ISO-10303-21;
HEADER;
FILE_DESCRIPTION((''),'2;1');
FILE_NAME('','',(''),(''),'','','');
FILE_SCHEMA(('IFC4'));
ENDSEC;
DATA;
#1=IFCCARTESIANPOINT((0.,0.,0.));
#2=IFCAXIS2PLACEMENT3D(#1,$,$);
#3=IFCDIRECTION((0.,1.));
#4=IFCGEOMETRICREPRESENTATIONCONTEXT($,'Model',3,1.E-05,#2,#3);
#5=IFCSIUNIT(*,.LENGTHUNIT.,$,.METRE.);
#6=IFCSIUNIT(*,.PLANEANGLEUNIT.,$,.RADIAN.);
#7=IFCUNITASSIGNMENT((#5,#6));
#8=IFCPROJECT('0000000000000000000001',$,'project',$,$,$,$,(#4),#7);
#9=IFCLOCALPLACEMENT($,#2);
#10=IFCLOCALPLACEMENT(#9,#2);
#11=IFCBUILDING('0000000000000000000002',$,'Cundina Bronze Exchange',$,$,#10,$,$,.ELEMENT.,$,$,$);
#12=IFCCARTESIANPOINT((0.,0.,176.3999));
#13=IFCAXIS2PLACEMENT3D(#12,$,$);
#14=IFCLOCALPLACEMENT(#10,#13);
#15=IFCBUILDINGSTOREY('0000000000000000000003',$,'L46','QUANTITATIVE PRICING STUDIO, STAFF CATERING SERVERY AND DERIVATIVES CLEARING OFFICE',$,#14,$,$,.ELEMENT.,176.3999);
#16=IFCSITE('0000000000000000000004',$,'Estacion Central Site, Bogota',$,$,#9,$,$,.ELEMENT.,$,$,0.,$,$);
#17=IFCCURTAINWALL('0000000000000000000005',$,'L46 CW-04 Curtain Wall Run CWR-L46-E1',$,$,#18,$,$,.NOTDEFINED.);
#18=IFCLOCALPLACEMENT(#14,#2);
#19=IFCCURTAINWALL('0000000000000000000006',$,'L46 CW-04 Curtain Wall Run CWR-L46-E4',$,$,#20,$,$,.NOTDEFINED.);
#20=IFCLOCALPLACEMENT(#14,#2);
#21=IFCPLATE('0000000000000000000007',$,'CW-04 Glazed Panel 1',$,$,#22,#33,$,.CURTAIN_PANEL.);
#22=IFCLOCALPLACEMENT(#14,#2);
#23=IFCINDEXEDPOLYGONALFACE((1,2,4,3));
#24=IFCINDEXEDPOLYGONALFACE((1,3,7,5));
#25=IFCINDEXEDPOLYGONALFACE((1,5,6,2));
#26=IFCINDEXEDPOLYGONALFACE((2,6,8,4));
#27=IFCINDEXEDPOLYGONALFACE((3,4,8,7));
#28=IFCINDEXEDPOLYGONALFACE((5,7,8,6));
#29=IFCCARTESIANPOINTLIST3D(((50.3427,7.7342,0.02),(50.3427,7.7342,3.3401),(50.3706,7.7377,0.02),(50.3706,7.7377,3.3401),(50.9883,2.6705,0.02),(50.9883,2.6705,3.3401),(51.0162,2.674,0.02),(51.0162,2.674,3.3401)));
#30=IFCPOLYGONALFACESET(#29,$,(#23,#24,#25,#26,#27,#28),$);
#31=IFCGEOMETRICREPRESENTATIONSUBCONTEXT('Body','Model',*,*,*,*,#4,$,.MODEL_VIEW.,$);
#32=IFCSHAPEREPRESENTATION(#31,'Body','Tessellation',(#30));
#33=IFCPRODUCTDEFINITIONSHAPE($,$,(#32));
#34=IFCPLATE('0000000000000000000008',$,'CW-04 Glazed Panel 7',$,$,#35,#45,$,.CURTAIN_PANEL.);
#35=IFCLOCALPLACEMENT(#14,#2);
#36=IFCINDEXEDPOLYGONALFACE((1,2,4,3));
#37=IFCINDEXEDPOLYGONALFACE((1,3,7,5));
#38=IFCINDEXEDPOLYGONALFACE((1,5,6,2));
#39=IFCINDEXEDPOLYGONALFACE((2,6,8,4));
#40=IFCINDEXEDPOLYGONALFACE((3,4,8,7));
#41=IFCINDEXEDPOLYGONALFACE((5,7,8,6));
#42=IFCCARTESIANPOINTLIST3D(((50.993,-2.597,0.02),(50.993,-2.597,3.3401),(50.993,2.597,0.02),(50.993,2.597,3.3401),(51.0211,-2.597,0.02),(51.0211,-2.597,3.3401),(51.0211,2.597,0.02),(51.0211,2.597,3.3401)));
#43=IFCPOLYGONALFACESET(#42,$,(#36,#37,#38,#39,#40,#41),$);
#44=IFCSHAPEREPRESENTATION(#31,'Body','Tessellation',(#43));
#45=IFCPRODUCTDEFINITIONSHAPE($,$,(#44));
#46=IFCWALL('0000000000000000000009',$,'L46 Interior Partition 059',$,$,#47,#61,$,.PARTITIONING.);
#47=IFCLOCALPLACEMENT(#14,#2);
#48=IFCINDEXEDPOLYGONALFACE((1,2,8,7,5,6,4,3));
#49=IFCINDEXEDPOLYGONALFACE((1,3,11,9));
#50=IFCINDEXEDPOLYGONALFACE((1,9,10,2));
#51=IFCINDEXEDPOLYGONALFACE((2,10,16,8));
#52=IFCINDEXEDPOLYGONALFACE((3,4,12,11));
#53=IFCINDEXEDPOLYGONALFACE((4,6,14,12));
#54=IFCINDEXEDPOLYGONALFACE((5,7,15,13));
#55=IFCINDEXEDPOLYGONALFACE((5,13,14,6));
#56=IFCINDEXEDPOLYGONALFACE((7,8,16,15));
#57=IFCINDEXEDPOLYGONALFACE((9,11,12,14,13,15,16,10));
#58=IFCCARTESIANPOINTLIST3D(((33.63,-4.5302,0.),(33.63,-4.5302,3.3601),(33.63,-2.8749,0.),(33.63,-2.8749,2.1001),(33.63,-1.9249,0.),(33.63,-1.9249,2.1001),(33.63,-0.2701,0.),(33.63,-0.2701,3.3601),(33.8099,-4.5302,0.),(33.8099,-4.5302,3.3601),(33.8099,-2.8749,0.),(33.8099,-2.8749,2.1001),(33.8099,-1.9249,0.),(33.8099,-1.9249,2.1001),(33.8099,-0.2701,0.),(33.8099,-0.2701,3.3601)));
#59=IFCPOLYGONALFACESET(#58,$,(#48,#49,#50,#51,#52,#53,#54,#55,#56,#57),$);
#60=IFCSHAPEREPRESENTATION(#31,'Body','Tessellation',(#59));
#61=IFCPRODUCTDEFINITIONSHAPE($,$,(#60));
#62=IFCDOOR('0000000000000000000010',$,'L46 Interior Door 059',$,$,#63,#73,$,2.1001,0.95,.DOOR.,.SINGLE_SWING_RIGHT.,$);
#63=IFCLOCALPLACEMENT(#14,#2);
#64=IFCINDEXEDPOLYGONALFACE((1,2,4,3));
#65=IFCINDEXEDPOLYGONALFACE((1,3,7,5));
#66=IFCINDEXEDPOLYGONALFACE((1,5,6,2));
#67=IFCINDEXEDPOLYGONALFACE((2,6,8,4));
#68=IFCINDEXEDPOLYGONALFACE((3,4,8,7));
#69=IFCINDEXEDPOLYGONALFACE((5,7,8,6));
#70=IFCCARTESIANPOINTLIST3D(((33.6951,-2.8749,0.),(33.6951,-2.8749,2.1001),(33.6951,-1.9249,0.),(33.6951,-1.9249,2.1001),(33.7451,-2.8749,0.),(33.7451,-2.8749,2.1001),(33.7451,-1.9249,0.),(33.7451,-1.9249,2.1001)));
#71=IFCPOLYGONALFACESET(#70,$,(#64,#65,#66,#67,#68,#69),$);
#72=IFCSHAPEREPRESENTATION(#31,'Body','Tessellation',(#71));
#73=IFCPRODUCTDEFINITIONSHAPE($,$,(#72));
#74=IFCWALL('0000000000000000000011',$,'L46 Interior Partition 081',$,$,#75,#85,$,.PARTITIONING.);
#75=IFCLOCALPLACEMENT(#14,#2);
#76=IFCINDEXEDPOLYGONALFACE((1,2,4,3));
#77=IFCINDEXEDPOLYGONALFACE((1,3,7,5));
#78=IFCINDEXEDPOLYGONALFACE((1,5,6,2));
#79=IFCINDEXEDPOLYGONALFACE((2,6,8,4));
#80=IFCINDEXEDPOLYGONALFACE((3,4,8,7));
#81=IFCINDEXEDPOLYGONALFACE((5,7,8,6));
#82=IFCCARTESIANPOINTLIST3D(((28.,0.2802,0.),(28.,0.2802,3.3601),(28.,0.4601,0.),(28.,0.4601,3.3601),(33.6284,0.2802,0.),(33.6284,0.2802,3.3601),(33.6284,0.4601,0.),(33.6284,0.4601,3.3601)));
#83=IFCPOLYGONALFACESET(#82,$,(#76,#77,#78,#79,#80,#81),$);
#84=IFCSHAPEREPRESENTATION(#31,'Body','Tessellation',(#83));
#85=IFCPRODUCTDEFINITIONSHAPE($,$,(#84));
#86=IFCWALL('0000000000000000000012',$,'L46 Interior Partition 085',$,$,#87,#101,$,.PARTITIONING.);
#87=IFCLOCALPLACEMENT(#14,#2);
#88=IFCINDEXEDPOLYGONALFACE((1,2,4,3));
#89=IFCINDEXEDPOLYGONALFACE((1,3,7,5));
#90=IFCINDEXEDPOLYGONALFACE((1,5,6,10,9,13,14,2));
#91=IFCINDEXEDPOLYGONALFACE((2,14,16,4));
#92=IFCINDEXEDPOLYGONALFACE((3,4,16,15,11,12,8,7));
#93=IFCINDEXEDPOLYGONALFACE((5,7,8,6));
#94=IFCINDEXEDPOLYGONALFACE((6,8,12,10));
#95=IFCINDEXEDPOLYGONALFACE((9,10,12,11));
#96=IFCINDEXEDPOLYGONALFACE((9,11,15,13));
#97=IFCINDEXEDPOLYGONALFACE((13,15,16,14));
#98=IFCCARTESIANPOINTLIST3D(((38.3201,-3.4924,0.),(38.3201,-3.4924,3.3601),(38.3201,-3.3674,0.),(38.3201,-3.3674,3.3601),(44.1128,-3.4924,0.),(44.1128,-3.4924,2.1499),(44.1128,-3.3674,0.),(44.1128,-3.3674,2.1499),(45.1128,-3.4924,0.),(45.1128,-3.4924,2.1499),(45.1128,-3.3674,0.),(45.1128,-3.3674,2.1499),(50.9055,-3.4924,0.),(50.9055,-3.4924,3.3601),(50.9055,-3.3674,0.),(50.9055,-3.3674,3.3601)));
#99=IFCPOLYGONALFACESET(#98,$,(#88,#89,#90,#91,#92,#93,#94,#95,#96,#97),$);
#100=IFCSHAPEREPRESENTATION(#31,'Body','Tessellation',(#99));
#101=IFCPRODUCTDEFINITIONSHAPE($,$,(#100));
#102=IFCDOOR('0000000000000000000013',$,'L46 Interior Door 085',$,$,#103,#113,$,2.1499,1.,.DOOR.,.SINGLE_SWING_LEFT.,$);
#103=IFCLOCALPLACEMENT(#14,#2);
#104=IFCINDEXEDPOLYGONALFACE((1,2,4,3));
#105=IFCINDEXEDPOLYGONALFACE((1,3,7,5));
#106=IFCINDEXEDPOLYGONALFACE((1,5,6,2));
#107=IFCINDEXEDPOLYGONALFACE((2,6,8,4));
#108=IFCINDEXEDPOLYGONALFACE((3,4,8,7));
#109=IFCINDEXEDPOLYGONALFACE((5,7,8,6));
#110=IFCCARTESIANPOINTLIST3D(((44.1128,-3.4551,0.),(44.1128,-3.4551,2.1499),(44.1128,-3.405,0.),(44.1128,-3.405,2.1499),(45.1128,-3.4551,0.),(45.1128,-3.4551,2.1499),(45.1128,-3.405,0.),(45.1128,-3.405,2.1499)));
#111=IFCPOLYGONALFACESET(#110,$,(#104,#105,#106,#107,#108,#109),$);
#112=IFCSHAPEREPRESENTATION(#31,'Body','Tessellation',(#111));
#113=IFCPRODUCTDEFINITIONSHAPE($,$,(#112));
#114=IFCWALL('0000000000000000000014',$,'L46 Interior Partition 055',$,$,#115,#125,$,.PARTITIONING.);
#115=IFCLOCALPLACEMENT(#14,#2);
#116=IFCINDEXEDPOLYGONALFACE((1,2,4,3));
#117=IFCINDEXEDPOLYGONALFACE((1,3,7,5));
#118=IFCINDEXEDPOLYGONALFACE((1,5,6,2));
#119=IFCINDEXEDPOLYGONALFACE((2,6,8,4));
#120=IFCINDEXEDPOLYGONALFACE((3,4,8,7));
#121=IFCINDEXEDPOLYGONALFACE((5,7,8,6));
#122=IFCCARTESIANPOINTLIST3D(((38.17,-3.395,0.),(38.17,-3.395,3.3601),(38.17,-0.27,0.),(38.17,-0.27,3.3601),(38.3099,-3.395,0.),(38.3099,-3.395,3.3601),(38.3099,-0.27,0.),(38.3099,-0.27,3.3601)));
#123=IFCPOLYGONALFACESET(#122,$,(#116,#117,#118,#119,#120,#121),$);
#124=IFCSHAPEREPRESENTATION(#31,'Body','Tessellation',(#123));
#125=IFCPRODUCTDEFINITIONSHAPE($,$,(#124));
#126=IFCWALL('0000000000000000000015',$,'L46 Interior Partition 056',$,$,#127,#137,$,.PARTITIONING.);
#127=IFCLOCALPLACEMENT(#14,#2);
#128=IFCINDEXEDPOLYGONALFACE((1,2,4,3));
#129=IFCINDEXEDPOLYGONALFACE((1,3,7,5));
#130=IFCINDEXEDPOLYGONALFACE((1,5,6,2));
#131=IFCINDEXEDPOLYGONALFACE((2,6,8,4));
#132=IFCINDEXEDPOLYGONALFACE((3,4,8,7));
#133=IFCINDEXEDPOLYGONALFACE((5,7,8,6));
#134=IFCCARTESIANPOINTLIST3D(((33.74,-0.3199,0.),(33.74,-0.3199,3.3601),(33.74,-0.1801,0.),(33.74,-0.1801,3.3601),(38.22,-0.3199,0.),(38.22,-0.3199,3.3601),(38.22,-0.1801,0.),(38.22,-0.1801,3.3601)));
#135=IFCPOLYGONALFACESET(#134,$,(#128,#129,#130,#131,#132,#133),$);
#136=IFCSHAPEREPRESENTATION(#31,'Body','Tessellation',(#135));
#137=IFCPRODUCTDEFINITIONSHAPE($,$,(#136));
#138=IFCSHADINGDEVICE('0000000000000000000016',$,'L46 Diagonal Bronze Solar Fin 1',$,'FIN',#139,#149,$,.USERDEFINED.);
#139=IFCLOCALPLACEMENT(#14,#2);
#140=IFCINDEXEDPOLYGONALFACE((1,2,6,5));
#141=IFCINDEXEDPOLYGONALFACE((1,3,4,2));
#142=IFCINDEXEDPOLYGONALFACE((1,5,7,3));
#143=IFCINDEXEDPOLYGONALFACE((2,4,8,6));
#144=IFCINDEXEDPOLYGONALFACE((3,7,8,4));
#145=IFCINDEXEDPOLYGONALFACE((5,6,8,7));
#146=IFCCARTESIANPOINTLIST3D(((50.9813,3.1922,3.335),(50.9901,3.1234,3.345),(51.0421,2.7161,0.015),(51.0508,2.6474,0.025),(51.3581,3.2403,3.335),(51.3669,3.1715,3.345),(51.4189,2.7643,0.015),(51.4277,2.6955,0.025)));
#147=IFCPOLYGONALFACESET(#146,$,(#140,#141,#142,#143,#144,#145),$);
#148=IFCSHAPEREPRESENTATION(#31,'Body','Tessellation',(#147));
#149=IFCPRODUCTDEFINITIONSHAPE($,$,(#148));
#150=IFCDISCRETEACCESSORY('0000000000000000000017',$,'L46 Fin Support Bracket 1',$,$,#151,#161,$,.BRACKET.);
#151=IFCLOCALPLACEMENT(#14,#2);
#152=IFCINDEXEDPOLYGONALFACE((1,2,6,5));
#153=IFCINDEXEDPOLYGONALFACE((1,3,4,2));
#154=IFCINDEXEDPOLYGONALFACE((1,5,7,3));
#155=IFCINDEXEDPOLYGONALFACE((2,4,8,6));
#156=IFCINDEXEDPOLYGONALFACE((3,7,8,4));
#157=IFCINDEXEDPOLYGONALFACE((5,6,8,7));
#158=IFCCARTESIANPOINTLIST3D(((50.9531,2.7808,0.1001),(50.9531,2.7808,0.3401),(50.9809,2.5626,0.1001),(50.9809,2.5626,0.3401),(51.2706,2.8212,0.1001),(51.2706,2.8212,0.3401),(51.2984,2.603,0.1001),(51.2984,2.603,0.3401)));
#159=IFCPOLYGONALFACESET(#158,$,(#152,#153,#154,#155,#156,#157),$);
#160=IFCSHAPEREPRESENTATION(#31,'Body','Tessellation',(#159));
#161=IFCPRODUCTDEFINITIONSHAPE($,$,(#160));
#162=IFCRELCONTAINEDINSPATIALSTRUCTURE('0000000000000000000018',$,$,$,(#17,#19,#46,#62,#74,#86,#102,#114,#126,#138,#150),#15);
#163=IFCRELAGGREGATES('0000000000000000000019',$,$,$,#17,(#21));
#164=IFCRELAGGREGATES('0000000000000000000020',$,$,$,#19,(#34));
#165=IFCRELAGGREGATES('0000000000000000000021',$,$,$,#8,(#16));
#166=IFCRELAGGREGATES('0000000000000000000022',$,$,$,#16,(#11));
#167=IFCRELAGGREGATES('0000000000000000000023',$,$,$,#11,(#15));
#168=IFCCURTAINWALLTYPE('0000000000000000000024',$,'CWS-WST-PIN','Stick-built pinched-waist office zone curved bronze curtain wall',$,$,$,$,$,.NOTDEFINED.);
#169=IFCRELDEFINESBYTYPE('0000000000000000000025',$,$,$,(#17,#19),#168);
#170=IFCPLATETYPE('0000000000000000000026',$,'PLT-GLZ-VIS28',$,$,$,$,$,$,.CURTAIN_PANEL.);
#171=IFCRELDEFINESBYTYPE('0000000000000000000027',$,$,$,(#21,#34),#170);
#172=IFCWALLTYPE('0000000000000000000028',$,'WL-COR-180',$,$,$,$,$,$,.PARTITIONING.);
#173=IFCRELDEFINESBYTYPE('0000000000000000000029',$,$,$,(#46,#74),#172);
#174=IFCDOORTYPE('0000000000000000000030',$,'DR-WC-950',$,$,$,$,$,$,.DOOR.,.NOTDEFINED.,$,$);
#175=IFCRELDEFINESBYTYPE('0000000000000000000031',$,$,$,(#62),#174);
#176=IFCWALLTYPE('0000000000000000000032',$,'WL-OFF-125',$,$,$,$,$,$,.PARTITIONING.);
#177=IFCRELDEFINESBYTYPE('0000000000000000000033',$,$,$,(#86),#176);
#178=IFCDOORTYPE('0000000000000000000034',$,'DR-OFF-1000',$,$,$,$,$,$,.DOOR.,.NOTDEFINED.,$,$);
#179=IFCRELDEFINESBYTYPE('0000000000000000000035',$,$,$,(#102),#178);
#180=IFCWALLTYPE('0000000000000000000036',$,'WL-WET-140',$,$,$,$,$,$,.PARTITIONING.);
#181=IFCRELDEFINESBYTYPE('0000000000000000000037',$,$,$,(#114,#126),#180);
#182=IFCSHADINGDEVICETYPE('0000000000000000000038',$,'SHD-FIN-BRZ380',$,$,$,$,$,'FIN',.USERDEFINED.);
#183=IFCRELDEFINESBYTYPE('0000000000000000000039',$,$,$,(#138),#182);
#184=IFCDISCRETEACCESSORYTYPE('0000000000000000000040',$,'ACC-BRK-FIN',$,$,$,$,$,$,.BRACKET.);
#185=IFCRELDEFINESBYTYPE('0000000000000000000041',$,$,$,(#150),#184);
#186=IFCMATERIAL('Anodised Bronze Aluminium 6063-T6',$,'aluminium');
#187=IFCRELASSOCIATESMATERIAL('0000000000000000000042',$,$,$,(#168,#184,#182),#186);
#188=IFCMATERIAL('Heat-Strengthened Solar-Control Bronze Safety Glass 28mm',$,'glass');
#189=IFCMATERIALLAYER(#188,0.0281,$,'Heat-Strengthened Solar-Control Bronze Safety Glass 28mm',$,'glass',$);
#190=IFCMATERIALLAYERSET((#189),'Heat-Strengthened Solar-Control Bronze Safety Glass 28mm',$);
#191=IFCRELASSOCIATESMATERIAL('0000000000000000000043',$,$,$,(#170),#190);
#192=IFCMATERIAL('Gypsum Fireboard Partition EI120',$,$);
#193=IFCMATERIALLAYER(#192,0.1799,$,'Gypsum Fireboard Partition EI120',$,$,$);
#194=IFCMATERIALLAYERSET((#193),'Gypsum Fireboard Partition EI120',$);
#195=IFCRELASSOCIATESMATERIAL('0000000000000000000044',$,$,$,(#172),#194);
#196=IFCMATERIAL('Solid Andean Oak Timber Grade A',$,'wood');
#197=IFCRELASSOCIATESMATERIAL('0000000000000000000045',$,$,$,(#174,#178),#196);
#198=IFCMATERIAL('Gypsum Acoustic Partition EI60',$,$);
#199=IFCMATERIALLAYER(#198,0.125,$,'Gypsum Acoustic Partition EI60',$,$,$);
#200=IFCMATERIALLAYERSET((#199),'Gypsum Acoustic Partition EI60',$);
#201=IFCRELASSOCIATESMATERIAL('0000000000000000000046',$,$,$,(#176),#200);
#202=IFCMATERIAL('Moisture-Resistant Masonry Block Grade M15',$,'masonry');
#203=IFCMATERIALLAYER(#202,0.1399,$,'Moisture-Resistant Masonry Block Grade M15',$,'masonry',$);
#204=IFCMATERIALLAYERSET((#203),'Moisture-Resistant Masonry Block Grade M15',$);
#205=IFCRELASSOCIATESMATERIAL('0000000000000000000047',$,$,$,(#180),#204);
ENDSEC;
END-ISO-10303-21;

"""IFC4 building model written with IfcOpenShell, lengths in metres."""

from ifc_helpers import new_model, si_unit, direction, frame, frame_2d, origin, origin_2d, place, context, subcontext, project, spatial, rectangle, extrude, material, layer, layer_set, material_profile, profile_set, type_object, element, fill, aggregate, save


model = new_model("IFC4")

# Units and contexts
model_context = context("Model", 3, precision=1e-05, world=origin(), true_north=direction((0.0, 1.0)))
body_context = subcontext(model_context, "Body", "Model", "MODEL_VIEW")
ifc_project = project(units=[si_unit("LENGTHUNIT", "METRE"), si_unit("PLANEANGLEUNIT", "RADIAN")], contexts=[model_context])

# Site, building, storey
site_placement = place(None, origin())
site = spatial("IfcSite", under=ifc_project, at=site_placement, Name="Estacion Central Site, Bogota", CompositionType="ELEMENT", RefElevation=0.0)
building_placement = place(site_placement, origin())
building = spatial("IfcBuilding", under=site, at=building_placement, Name="Cundina Bronze Exchange", CompositionType="ELEMENT")
storey_placement = place(building_placement, frame((0.0, 0.0, 176.3999)))
storey = spatial("IfcBuildingStorey", under=building, at=storey_placement, Name="L46", Description="QUANTITATIVE PRICING STUDIO, STAFF CATERING SERVERY AND DERIVATIVES CLEARING OFFICE", CompositionType="ELEMENT", Elevation=176.3999)

# Curtain walls
ifc_material_1 = material(Name="Anodised Bronze Aluminium 6063-T6", Category="aluminium")
curtain_wall_type = type_object("IfcCurtainWallType", Name="CWS-WST-PIN", Description="Stick-built pinched-waist office zone curved bronze curtain wall", PredefinedType="NOTDEFINED", material=ifc_material_1)
curtain_wall_1_placement = place(storey_placement, origin())
curtain_wall_1 = element("IfcCurtainWall", 1, at=curtain_wall_1_placement, inside=storey, type_object=curtain_wall_type, Name="L46 CW-04 Curtain Wall Run CWR-L46-E1", PredefinedType="NOTDEFINED")
curtain_wall_2_placement = place(storey_placement, origin())
curtain_wall_2 = element("IfcCurtainWall", 2, at=curtain_wall_2_placement, inside=storey, type_object=curtain_wall_type, Name="L46 CW-04 Curtain Wall Run CWR-L46-E4", PredefinedType="NOTDEFINED")

# Plates
ifc_material_2 = material(Name="Heat-Strengthened Solar-Control Bronze Safety Glass 28mm", Category="glass")
ifc_layer_1 = layer(ifc_material_2, 0.0281, Name="Heat-Strengthened Solar-Control Bronze Safety Glass 28mm", Category="glass")
ifc_layer_set_1 = layer_set([ifc_layer_1], Name="Heat-Strengthened Solar-Control Bronze Safety Glass 28mm")
plate_type = type_object("IfcPlateType", Name="PLT-GLZ-VIS28", PredefinedType="CURTAIN_PANEL", material=ifc_layer_set_1)
plate_1_placement = place(storey_placement, frame((50.6794, 5.2041, 0.02), z_axis=(0.0, 0.0, 1.0), x_axis=(-0.126476, 0.99197, 0.0)))
plate_1 = element("IfcPlate", 3, at=plate_1_placement, type_object=plate_type, Name="CW-04 Glazed Panel 1", PredefinedType="CURTAIN_PANEL", context=body_context, shape_type="SweptSolid", body=[
    extrude(rectangle(XDim=5.1047, YDim=0.0281, at=origin_2d()), origin(), (0.0, 0.0, 1.0), 3.3201),
])
aggregate(curtain_wall_1, [plate_1])
plate_2_placement = place(storey_placement, frame((51.0071, 0.0, 0.02), z_axis=(0.0, 0.0, 1.0), x_axis=(0.0, 1.0, 0.0)))
plate_2 = element("IfcPlate", 4, at=plate_2_placement, type_object=plate_type, Name="CW-04 Glazed Panel 7", PredefinedType="CURTAIN_PANEL", context=body_context, shape_type="SweptSolid", body=[
    extrude(rectangle(XDim=5.1941, YDim=0.0281, at=origin_2d()), origin(), (0.0, 0.0, 1.0), 3.3201),
])
aggregate(curtain_wall_2, [plate_2])

# Wall, opening, door
ifc_material_3 = material(Name="Gypsum Fireboard Partition EI120")
ifc_layer_2 = layer(ifc_material_3, 0.1799, Name="Gypsum Fireboard Partition EI120")
ifc_layer_set_2 = layer_set([ifc_layer_2], Name="Gypsum Fireboard Partition EI120")
wall_type_1 = type_object("IfcWallType", Name="WL-COR-180", PredefinedType="PARTITIONING", material=ifc_layer_set_2)
wall_1_placement = place(storey_placement, frame((33.72, -4.53, 0.0), z_axis=(0.0, 0.0, 1.0), x_axis=(0.0, 1.0, 0.0)))
wall_1 = element("IfcWall", 5, at=wall_1_placement, inside=storey, type_object=wall_type_1, Name="L46 Interior Partition 059", PredefinedType="PARTITIONING", context=body_context, shape_type="SweptSolid", body=[
    extrude(rectangle(XDim=4.26, YDim=0.1799, at=frame_2d((2.1299, 0.0))), origin(), (0.0, 0.0, 1.0), 3.3601),
])
opening_1_placement = place(wall_1_placement, frame((1.655, 0.0, 0.0)))
opening_1 = element("IfcOpeningElement", 6, at=opening_1_placement, cuts=wall_1, PredefinedType="OPENING", context=body_context, shape_type="SweptSolid", body=[
    extrude(rectangle(XDim=0.95, YDim=2.1001, at=frame_2d((0.4751, 1.05))), frame((0.0, 0.0999, 0.0), z_axis=(0.0, -1.0, 0.0), x_axis=(1.0, 0.0, 0.0)), (0.0, 0.0, 1.0), 0.2),
])
ifc_material_4 = material(Name="Solid Andean Oak Timber Grade A", Category="wood")
door_type_1 = type_object("IfcDoorType", Name="DR-WC-950", OperationType="NOTDEFINED", PredefinedType="DOOR", material=ifc_material_4)
door_1_placement = place(opening_1_placement, origin())
door_1 = element("IfcDoor", 7, at=door_1_placement, inside=storey, type_object=door_type_1, Name="L46 Interior Door 059", OperationType="SINGLE_SWING_RIGHT", OverallHeight=2.1001, OverallWidth=0.95, PredefinedType="DOOR", context=body_context, shape_type="SweptSolid", body=[
    extrude(rectangle(XDim=0.95, YDim=2.1001, at=frame_2d((0.4751, 1.05))), frame((0.0, 0.0249, 0.0), z_axis=(0.0, -1.0, 0.0), x_axis=(1.0, 0.0, 0.0)), (0.0, 0.0, 1.0), 0.05),
])
fill(opening_1, door_1)

# Wall
wall_2_placement = place(storey_placement, frame((33.6284, 0.3701, 0.0), z_axis=(0.0, 0.0, 1.0), x_axis=(-1.0, 0.0, 0.0)))
element("IfcWall", 8, at=wall_2_placement, inside=storey, type_object=wall_type_1, Name="L46 Interior Partition 081", PredefinedType="PARTITIONING", context=body_context, shape_type="SweptSolid", body=[
    extrude(rectangle(XDim=5.6284, YDim=0.1799, at=frame_2d((2.8142, 0.0))), origin(), (0.0, 0.0, 1.0), 3.3601),
])

# Wall, opening, door
ifc_material_5 = material(Name="Gypsum Acoustic Partition EI60")
ifc_layer_3 = layer(ifc_material_5, 0.125, Name="Gypsum Acoustic Partition EI60")
ifc_layer_set_3 = layer_set([ifc_layer_3], Name="Gypsum Acoustic Partition EI60")
wall_type_2 = type_object("IfcWallType", Name="WL-OFF-125", PredefinedType="PARTITIONING", material=ifc_layer_set_3)
wall_3_placement = place(storey_placement, frame((38.3201, -3.4299, 0.0), z_axis=(0.0, 0.0, 1.0), x_axis=(1.0, 0.0, 0.0)))
wall_3 = element("IfcWall", 9, at=wall_3_placement, inside=storey, type_object=wall_type_2, Name="L46 Interior Partition 085", PredefinedType="PARTITIONING", context=body_context, shape_type="SweptSolid", body=[
    extrude(rectangle(XDim=12.5854, YDim=0.125, at=frame_2d((6.2927, 0.0))), origin(), (0.0, 0.0, 1.0), 3.3601),
])
opening_2_placement = place(wall_3_placement, frame((5.7927, 0.0, 0.0)))
opening_2 = element("IfcOpeningElement", 10, at=opening_2_placement, cuts=wall_3, PredefinedType="OPENING", context=body_context, shape_type="SweptSolid", body=[
    extrude(rectangle(XDim=1.0, YDim=2.1499, at=frame_2d((0.5, 1.075))), frame((0.0, 0.0725, 0.0), z_axis=(0.0, -1.0, 0.0), x_axis=(1.0, 0.0, 0.0)), (0.0, 0.0, 1.0), 0.145),
])
door_type_2 = type_object("IfcDoorType", Name="DR-OFF-1000", OperationType="NOTDEFINED", PredefinedType="DOOR", material=ifc_material_4)
door_2_placement = place(opening_2_placement, origin())
door_2 = element("IfcDoor", 11, at=door_2_placement, inside=storey, type_object=door_type_2, Name="L46 Interior Door 085", OperationType="SINGLE_SWING_LEFT", OverallHeight=2.1499, OverallWidth=1.0, PredefinedType="DOOR", context=body_context, shape_type="SweptSolid", body=[
    extrude(rectangle(XDim=1.0, YDim=2.1499, at=frame_2d((0.5, 1.075))), frame((0.0, 0.0249, 0.0), z_axis=(0.0, -1.0, 0.0), x_axis=(1.0, 0.0, 0.0)), (0.0, 0.0, 1.0), 0.05),
])
fill(opening_2, door_2)

# Walls
ifc_material_6 = material(Name="Moisture-Resistant Masonry Block Grade M15", Category="masonry")
ifc_layer_4 = layer(ifc_material_6, 0.1399, Name="Moisture-Resistant Masonry Block Grade M15", Category="masonry")
ifc_layer_set_4 = layer_set([ifc_layer_4], Name="Moisture-Resistant Masonry Block Grade M15")
wall_type_3 = type_object("IfcWallType", Name="WL-WET-140", PredefinedType="PARTITIONING", material=ifc_layer_set_4)
wall_4_placement = place(storey_placement, frame((38.24, -3.395, 0.0), z_axis=(0.0, 0.0, 1.0), x_axis=(0.0, 1.0, 0.0)))
element("IfcWall", 12, at=wall_4_placement, inside=storey, type_object=wall_type_3, Name="L46 Interior Partition 055", PredefinedType="PARTITIONING", context=body_context, shape_type="SweptSolid", body=[
    extrude(rectangle(XDim=3.125, YDim=0.1399, at=frame_2d((1.5625, 0.0))), origin(), (0.0, 0.0, 1.0), 3.3601),
])
wall_5_placement = place(storey_placement, frame((33.74, -0.25, 0.0), z_axis=(0.0, 0.0, 1.0), x_axis=(1.0, 0.0, 0.0)))
element("IfcWall", 13, at=wall_5_placement, inside=storey, type_object=wall_type_3, Name="L46 Interior Partition 056", PredefinedType="PARTITIONING", context=body_context, shape_type="SweptSolid", body=[
    extrude(rectangle(XDim=4.48, YDim=0.1399, at=frame_2d((2.24, 0.0))), origin(), (0.0, 0.0, 1.0), 3.3601),
])

# Shading device
ifc_material_profile_1 = material_profile(ifc_material_1, rectangle(XDim=0.0701, YDim=0.3799, at=origin_2d()), Name="FIN70X380", Category="aluminium")
ifc_profile_set_1 = profile_set([ifc_material_profile_1], Name="Anodised Bronze Aluminium 6063-T6")
shading_device_type = type_object("IfcShadingDeviceType", Name="SHD-FIN-BRZ380", ElementType="FIN", PredefinedType="USERDEFINED", material=ifc_profile_set_1)
shading_device_placement = place(storey_placement, frame((51.2349, 2.7058, 0.02), z_axis=(-0.018122, 0.141918, 0.989713), x_axis=(0.125361, -0.981741, 0.14307)))
element("IfcShadingDevice", 14, at=shading_device_placement, inside=storey, type_object=shading_device_type, Name="L46 Diagonal Bronze Solar Fin 1", ObjectType="FIN", PredefinedType="USERDEFINED", context=body_context, shape_type="SweptSolid", body=[
    extrude(rectangle(XDim=0.0701, YDim=0.3799, at=origin_2d()), origin(), (0.0, 0.0, 1.0), 3.3545),
])

# Discrete accessory
discrete_accessory_type = type_object("IfcDiscreteAccessoryType", Name="ACC-BRK-FIN", PredefinedType="BRACKET", material=ifc_material_1)
discrete_accessory_placement = place(storey_placement, frame((51.1257, 2.6919, 0.1001), z_axis=(0.0, 0.0, 1.0), x_axis=(-0.126476, 0.99197, 0.0)))
element("IfcDiscreteAccessory", 15, at=discrete_accessory_placement, inside=storey, type_object=discrete_accessory_type, Name="L46 Fin Support Bracket 1", PredefinedType="BRACKET", context=body_context, shape_type="SweptSolid", body=[
    extrude(rectangle(XDim=0.22, YDim=0.3201, at=origin_2d()), origin(), (0.0, 0.0, 1.0), 0.24),
])

save(model, "model.ifc")
